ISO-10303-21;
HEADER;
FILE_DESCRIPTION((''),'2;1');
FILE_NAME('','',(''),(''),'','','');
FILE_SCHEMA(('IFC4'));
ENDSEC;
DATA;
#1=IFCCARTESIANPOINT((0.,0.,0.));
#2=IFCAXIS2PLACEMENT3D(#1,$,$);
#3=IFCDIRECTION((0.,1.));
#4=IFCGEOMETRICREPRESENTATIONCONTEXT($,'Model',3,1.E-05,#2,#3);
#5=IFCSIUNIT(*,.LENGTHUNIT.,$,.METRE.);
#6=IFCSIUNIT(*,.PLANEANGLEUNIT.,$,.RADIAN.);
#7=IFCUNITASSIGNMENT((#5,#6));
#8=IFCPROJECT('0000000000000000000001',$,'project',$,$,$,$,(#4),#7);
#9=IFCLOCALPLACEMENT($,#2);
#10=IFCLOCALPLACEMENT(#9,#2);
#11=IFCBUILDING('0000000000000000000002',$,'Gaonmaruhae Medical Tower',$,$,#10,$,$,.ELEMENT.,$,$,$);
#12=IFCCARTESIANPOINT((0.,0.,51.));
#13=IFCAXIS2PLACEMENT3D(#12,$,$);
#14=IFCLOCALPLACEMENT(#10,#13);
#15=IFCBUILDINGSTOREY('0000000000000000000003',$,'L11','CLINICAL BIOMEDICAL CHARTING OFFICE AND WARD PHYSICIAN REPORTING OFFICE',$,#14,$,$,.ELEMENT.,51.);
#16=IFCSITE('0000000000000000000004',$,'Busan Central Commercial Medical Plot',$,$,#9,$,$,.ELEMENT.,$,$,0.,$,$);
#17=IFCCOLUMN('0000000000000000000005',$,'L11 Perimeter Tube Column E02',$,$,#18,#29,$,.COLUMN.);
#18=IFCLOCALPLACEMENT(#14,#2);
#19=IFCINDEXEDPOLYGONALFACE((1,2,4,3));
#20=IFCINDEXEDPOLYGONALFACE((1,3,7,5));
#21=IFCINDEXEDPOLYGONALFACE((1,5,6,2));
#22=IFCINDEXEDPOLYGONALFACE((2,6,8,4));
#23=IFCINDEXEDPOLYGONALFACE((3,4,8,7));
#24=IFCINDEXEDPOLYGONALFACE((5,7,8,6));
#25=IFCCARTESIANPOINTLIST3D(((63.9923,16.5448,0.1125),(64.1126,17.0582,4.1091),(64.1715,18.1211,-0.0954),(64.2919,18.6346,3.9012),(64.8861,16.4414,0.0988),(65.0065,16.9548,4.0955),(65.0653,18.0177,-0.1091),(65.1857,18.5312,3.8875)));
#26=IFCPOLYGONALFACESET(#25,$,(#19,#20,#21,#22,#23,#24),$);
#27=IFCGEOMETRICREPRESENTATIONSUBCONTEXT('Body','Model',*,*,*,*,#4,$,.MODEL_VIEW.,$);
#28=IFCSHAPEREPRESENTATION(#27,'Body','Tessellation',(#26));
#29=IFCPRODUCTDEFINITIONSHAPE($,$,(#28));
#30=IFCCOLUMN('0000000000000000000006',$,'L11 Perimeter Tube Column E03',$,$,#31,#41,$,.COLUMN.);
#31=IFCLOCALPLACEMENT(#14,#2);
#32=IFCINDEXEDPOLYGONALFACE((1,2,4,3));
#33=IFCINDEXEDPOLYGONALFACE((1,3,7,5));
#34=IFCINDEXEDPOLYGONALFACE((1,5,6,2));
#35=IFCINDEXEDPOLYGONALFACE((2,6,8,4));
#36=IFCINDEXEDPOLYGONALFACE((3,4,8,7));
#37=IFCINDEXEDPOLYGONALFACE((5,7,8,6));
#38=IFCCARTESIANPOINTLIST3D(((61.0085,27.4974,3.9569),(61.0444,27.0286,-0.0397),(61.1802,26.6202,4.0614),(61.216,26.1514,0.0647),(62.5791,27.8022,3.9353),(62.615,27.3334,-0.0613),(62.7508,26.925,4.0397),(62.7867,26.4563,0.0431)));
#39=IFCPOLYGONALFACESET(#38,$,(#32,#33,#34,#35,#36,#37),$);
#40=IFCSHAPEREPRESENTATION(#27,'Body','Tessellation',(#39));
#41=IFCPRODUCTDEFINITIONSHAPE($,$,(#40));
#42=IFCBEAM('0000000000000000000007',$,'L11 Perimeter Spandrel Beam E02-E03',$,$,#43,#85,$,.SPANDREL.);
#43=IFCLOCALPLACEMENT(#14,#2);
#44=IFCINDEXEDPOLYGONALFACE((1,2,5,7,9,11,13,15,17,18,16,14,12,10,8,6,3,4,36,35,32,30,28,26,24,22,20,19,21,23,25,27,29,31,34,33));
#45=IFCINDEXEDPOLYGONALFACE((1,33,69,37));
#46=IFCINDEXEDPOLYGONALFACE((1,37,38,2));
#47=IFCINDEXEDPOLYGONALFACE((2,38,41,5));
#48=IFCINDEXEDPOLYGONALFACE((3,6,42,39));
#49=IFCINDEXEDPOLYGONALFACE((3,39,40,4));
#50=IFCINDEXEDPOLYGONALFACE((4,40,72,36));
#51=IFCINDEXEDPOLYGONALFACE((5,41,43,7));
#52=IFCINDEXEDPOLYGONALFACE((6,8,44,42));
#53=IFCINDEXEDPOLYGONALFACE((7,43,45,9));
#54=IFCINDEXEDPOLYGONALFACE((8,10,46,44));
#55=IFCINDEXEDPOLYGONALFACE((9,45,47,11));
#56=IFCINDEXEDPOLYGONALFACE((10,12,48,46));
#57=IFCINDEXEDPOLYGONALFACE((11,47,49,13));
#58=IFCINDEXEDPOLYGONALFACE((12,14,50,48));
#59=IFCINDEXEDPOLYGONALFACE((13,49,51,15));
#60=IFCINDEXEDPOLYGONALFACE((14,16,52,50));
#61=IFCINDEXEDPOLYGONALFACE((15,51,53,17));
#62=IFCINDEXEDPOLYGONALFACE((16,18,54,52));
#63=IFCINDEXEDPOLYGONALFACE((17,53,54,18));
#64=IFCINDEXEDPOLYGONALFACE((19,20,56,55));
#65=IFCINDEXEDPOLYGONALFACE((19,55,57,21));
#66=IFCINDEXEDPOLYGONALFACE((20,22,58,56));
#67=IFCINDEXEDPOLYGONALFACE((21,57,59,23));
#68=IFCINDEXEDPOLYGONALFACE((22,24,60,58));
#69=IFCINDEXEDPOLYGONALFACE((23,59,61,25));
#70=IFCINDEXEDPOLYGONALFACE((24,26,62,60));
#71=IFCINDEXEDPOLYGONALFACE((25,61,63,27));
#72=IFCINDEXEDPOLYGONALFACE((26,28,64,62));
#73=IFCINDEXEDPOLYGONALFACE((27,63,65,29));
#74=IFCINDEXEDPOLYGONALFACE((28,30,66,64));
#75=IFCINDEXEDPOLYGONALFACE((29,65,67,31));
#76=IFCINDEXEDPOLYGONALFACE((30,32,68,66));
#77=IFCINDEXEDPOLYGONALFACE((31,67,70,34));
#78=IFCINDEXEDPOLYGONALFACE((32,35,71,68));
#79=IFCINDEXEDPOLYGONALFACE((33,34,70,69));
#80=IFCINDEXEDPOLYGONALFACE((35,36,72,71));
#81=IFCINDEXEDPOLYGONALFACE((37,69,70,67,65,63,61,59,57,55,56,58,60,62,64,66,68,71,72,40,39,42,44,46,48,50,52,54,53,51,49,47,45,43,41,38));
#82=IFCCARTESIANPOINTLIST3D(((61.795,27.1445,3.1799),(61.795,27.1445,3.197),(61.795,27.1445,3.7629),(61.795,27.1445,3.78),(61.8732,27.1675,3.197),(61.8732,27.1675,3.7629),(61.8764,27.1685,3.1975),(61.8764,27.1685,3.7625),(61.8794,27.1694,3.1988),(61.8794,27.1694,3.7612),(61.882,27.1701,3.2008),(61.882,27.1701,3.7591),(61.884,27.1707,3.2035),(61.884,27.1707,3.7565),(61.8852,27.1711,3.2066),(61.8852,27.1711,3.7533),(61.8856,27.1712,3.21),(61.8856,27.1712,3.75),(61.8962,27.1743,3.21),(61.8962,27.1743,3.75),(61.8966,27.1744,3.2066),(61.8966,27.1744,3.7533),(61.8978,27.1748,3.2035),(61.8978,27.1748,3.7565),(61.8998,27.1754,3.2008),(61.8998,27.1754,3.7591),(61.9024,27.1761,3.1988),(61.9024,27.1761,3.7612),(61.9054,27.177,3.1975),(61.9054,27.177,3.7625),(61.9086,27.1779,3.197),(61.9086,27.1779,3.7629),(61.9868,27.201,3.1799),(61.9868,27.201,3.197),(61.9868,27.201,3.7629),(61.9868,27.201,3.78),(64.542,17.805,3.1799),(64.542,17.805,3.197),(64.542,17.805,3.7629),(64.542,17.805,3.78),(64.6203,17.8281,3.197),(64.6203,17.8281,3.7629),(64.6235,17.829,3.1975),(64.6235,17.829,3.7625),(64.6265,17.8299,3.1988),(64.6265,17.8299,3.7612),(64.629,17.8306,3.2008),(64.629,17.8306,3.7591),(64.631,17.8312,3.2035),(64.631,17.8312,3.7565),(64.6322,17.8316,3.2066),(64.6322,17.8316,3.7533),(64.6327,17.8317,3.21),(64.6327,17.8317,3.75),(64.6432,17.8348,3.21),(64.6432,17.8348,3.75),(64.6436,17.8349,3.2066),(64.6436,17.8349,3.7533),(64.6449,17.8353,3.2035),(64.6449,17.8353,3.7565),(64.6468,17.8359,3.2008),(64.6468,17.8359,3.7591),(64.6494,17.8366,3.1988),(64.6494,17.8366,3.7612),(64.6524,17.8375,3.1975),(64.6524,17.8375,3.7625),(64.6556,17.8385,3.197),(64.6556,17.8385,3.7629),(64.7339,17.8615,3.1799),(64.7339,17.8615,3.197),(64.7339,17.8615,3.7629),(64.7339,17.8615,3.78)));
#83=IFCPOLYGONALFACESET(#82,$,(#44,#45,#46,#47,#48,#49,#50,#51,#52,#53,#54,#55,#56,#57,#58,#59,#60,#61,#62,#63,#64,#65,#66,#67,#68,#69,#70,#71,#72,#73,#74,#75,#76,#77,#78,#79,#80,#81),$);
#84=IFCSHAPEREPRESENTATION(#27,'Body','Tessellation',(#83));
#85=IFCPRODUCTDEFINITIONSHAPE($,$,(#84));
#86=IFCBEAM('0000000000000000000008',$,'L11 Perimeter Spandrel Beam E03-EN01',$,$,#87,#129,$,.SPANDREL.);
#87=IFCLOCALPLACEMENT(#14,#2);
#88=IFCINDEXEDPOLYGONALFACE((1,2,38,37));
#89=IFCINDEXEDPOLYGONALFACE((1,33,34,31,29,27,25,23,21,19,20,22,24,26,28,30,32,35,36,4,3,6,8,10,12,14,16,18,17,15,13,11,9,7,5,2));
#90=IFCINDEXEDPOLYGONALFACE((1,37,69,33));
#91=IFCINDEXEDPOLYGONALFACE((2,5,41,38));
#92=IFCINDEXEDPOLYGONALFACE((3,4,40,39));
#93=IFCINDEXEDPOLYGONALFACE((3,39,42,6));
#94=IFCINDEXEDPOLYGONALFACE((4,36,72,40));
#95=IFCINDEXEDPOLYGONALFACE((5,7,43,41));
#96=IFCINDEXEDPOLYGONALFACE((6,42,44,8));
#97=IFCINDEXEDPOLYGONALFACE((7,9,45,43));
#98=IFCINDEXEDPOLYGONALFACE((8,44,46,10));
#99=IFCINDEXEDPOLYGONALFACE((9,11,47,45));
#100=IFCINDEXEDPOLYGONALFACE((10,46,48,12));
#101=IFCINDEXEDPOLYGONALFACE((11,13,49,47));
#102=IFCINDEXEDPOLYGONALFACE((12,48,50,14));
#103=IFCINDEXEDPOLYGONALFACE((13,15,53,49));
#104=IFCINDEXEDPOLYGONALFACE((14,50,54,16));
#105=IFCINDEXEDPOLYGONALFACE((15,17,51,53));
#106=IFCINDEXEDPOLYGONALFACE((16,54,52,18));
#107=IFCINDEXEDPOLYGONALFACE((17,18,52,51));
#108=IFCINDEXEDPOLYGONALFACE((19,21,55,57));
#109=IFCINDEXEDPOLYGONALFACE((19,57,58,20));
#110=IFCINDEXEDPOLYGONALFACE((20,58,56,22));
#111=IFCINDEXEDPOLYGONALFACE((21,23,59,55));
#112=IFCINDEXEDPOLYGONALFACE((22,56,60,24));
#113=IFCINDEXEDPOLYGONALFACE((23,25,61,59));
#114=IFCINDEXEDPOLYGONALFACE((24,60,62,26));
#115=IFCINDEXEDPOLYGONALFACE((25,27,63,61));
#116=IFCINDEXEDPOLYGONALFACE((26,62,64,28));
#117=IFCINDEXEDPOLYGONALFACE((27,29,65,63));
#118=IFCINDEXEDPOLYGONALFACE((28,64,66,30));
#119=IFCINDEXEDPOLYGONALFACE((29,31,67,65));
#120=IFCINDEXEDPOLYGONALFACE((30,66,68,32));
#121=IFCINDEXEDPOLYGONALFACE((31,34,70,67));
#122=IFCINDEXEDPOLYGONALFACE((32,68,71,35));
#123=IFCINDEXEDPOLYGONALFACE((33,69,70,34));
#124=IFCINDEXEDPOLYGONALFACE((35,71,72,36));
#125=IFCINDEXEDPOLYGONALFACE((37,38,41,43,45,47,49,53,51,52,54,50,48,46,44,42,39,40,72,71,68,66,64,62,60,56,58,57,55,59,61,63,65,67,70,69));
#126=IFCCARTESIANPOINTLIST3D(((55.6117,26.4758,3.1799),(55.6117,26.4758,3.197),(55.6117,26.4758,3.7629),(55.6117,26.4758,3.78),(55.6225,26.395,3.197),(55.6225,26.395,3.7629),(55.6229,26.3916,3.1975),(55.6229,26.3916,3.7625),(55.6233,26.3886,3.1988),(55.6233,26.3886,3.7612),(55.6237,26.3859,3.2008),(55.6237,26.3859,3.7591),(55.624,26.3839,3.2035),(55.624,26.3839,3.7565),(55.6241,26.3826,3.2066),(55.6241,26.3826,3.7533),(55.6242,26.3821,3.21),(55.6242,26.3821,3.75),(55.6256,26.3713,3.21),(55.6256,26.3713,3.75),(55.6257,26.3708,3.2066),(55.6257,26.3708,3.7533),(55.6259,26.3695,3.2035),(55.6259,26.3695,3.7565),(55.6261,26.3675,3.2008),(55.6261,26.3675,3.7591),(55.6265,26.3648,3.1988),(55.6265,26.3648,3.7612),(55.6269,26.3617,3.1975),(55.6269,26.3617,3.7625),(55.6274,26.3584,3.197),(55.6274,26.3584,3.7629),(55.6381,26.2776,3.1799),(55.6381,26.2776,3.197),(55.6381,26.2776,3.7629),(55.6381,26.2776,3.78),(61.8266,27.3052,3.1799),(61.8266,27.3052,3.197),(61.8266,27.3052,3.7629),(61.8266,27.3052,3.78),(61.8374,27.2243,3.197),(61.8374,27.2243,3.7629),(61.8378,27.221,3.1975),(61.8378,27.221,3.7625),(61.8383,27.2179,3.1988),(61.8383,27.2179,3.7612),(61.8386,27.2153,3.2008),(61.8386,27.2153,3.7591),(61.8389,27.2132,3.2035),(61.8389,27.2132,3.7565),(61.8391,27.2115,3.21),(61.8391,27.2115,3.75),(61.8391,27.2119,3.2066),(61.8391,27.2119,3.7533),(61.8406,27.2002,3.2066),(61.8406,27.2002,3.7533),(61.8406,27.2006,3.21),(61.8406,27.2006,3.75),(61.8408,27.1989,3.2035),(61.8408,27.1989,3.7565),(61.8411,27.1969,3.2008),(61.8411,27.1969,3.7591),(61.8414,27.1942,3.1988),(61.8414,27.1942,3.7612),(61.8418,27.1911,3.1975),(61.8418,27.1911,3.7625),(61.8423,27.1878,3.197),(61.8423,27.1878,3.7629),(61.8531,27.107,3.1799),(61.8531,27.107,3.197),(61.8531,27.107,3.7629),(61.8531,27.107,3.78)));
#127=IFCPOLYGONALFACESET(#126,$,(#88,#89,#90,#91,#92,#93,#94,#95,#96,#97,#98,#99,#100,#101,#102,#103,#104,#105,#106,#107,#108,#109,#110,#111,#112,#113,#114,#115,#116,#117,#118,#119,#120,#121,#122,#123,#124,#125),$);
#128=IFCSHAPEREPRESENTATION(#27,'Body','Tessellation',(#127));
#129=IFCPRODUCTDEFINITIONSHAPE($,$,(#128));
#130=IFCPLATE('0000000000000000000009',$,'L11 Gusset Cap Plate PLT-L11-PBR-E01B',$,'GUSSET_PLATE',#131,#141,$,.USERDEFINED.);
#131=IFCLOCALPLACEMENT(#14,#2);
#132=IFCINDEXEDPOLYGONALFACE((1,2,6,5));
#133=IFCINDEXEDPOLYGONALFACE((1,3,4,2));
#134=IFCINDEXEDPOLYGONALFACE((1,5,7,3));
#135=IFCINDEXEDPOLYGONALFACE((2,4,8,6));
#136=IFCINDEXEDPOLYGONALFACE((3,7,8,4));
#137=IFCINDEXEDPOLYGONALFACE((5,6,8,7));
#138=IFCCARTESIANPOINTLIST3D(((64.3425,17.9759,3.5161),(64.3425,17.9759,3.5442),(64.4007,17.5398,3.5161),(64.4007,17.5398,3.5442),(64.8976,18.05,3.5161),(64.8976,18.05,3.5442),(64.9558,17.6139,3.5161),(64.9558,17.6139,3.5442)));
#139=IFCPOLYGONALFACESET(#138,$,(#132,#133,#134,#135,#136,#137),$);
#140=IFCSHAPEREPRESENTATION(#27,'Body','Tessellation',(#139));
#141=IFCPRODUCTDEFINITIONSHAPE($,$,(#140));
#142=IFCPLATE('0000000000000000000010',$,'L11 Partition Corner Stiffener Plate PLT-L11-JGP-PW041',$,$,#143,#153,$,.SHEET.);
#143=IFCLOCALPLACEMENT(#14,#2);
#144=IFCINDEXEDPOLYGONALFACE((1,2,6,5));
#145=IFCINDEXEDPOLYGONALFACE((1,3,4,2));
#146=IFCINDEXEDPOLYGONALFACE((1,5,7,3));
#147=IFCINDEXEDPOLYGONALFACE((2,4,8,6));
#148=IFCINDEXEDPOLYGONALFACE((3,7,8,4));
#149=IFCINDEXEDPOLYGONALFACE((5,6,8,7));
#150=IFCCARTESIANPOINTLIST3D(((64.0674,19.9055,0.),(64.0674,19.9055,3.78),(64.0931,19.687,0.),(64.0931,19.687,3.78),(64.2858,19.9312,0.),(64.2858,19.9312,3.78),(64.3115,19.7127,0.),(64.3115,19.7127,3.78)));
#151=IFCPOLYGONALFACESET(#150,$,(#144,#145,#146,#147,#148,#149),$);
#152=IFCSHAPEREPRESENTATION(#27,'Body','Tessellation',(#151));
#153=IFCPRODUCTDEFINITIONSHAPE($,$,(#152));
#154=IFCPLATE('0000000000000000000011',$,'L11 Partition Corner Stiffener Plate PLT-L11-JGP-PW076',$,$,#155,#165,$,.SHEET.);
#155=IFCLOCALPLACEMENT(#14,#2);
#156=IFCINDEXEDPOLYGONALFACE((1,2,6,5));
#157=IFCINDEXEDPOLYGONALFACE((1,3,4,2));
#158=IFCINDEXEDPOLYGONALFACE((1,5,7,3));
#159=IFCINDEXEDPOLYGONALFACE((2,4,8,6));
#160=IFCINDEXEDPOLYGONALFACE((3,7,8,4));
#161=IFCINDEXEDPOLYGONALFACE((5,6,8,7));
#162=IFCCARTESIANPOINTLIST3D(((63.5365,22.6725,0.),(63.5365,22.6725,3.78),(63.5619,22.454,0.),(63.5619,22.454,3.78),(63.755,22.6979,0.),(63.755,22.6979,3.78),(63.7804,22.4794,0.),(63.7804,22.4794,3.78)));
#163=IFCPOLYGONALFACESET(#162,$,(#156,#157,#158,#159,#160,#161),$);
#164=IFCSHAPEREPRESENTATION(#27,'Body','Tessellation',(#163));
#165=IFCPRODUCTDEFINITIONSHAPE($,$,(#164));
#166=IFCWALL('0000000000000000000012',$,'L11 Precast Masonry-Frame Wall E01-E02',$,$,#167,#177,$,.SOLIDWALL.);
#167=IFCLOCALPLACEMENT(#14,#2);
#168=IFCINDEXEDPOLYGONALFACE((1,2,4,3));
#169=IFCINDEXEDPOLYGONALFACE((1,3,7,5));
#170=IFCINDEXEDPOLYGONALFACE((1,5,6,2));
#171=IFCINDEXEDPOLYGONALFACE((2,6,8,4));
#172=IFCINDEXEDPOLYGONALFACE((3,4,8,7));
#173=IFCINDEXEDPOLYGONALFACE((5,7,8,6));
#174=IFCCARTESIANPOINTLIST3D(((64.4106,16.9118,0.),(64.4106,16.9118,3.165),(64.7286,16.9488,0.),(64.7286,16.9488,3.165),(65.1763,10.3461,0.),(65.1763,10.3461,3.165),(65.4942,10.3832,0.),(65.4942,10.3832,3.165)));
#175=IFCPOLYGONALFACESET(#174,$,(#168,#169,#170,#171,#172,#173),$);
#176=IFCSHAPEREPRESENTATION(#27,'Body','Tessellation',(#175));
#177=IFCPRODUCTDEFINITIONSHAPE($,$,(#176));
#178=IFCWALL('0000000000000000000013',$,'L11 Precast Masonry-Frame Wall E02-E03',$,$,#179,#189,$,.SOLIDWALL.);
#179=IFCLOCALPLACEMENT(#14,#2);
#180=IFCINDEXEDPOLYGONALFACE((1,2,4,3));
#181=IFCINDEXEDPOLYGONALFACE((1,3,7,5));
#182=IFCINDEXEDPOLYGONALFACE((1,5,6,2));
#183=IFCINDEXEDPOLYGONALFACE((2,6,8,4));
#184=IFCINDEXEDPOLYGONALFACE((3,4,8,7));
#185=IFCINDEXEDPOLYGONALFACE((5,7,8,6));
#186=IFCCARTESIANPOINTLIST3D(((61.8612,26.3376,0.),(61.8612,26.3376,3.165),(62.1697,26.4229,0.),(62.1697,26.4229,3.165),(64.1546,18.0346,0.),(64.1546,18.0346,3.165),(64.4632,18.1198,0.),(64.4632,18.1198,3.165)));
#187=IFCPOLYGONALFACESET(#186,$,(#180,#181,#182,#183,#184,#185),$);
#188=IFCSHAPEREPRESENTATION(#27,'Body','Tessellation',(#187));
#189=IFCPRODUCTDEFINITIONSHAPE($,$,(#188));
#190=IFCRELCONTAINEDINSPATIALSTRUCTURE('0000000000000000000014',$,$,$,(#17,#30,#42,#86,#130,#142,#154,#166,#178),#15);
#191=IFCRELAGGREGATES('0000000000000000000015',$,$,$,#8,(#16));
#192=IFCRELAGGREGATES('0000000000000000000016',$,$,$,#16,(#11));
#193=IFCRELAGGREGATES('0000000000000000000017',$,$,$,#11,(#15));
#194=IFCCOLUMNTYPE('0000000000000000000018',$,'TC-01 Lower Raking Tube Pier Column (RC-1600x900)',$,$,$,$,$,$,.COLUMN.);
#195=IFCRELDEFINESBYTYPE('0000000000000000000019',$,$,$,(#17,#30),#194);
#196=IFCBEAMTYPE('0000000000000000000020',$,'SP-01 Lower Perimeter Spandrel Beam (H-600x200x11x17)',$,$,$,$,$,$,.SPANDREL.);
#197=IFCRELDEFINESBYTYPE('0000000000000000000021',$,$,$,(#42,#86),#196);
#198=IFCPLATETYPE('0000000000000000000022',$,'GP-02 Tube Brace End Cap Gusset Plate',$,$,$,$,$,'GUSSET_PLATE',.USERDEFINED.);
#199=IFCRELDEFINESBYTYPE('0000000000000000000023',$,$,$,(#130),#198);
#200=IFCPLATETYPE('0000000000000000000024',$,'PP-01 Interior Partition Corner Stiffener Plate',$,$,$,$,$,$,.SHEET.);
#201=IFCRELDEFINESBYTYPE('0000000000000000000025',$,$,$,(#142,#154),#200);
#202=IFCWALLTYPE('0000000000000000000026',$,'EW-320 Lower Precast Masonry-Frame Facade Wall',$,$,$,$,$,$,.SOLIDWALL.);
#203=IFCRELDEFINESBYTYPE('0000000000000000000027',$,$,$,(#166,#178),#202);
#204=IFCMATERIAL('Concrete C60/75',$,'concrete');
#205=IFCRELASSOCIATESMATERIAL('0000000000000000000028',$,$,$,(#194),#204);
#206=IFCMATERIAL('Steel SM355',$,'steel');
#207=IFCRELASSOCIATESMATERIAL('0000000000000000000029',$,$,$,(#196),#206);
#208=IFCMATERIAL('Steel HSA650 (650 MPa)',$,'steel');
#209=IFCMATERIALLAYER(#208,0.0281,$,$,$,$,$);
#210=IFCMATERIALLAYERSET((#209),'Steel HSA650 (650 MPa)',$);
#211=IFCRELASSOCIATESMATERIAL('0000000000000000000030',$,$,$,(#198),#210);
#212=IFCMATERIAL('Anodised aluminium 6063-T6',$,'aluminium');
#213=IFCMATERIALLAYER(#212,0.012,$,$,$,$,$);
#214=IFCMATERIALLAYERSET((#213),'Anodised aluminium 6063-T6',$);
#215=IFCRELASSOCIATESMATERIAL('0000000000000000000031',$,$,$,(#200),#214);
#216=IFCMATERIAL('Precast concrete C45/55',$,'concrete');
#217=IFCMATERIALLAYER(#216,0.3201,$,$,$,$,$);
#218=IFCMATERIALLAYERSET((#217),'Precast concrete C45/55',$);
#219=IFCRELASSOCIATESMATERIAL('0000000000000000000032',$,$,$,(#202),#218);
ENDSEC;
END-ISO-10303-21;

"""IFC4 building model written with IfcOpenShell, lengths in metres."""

from ifc_helpers import new_model, si_unit, direction, frame, frame_2d, origin, origin_2d, place, context, subcontext, project, spatial, rectangle, i_section, extrude, material, layer, layer_set, material_profile, profile_set, type_object, element, save


model = new_model("IFC4")

# Units and contexts
model_context = context("Model", 3, precision=1e-05, world=origin(), true_north=direction((0.0, 1.0)))
body_context = subcontext(model_context, "Body", "Model", "MODEL_VIEW")
ifc_project = project(units=[si_unit("LENGTHUNIT", "METRE"), si_unit("PLANEANGLEUNIT", "RADIAN")], contexts=[model_context])

# Site, building, storey
site_placement = place(None, origin())
site = spatial("IfcSite", under=ifc_project, at=site_placement, Name="Busan Central Commercial Medical Plot", CompositionType="ELEMENT", RefElevation=0.0)
building_placement = place(site_placement, origin())
building = spatial("IfcBuilding", under=site, at=building_placement, Name="Gaonmaruhae Medical Tower", CompositionType="ELEMENT")
storey_placement = place(building_placement, frame((0.0, 0.0, 51.0)))
storey = spatial("IfcBuildingStorey", under=building, at=storey_placement, Name="L11", Description="CLINICAL BIOMEDICAL CHARTING OFFICE AND WARD PHYSICIAN REPORTING OFFICE", CompositionType="ELEMENT", Elevation=51.0)

# Columns
ifc_material_1 = material(Name="Concrete C60/75", Category="concrete")
ifc_material_profile_1 = material_profile(ifc_material_1, rectangle(XDim=1.6001, YDim=0.8999, at=origin_2d()), Name="RC-1600x900")
ifc_profile_set_1 = profile_set([ifc_material_profile_1], Name="Concrete C60/75")
column_type = type_object("IfcColumnType", Name="TC-01 Lower Raking Tube Pier Column (RC-1600x900)", PredefinedType="COLUMN", material=ifc_profile_set_1)
column_1_placement = place(storey_placement, frame((64.5288, 17.2812, 0.0017), z_axis=(0.029857, 0.127363, 0.991407), x_axis=(-0.112008, -0.985176, 0.129936)))
element("IfcColumn", 1, at=column_1_placement, inside=storey, type_object=column_type, Name="L11 Perimeter Tube Column E02", PredefinedType="COLUMN", context=body_context, shape_type="SweptSolid", body=[
    extrude(rectangle(XDim=1.6001, YDim=0.8999, at=origin_2d()), origin(), (0.0, 0.0, 1.0), 4.0312),
])
column_2_placement = place(storey_placement, frame((61.9155, 26.7424, 0.0017), z_axis=(-0.008918, 0.116485, 0.993152), x_axis=(-0.981594, -0.190501, 0.013529)))
element("IfcColumn", 2, at=column_2_placement, inside=storey, type_object=column_type, Name="L11 Perimeter Tube Column E03", PredefinedType="COLUMN", context=body_context, shape_type="SweptSolid", body=[
    extrude(rectangle(XDim=1.6001, YDim=0.8999, at=origin_2d()), origin(), (0.0, 0.0, 1.0), 4.0242),
])

# Beams
ifc_material_2 = material(Name="Steel SM355", Category="steel")
ifc_material_profile_2 = material_profile(ifc_material_2, i_section(OverallWidth=0.2, OverallDepth=0.6001, WebThickness=0.011, FlangeThickness=0.0171, FilletRadius=0.0129, at=origin_2d()), Name="H-600x200x11x17")
ifc_profile_set_2 = profile_set([ifc_material_profile_2], Name="Steel SM355")
beam_type = type_object("IfcBeamType", Name="SP-01 Lower Perimeter Spandrel Beam (H-600x200x11x17)", PredefinedType="SPANDREL", material=ifc_profile_set_2)
beam_1_placement = place(storey_placement, frame((64.6379, 17.8333, 3.48), z_axis=(-0.282179, 0.959362, 0.0), x_axis=(-0.959362, -0.282179, 0.0)))
element("IfcBeam", 3, at=beam_1_placement, inside=storey, type_object=beam_type, Name="L11 Perimeter Spandrel Beam E02-E03", PredefinedType="SPANDREL", context=body_context, shape_type="SweptSolid", body=[
    extrude(i_section(OverallWidth=0.2, OverallDepth=0.6001, WebThickness=0.011, FlangeThickness=0.0171, FilletRadius=0.0129, at=origin_2d()), origin(), (0.0, 0.0, 1.0), 9.7351),
])
beam_2_placement = place(storey_placement, frame((61.8398, 27.2061, 3.48), z_axis=(-0.991213, -0.132273, 0.0), x_axis=(0.132273, -0.991213, 0.0)))
element("IfcBeam", 4, at=beam_2_placement, inside=storey, type_object=beam_type, Name="L11 Perimeter Spandrel Beam E03-EN01", PredefinedType="SPANDREL", context=body_context, shape_type="SweptSolid", body=[
    extrude(i_section(OverallWidth=0.2, OverallDepth=0.6001, WebThickness=0.011, FlangeThickness=0.0171, FilletRadius=0.0129, at=origin_2d()), origin(), (0.0, 0.0, 1.0), 6.27),
])

# Plates
ifc_material_3 = material(Name="Steel HSA650 (650 MPa)", Category="steel")
ifc_layer_1 = layer(ifc_material_3, 0.0281)
ifc_layer_set_1 = layer_set([ifc_layer_1], Name="Steel HSA650 (650 MPa)")
plate_type_1 = type_object("IfcPlateType", Name="GP-02 Tube Brace End Cap Gusset Plate", ElementType="GUSSET_PLATE", PredefinedType="USERDEFINED", material=ifc_layer_set_1)
plate_placement = place(storey_placement, frame((64.6492, 17.7949, 3.5161), z_axis=(0.0, 0.0, 1.0), x_axis=(0.991216, 0.132256, 0.0)))
element("IfcPlate", 5, at=plate_placement, inside=storey, type_object=plate_type_1, Name="L11 Gusset Cap Plate PLT-L11-PBR-E01B", ObjectType="GUSSET_PLATE", PredefinedType="USERDEFINED", context=body_context, shape_type="SweptSolid", body=[
    extrude(rectangle(XDim=0.5601, YDim=0.4399, at=origin_2d()), origin(), (0.0, 0.0, 1.0), 0.0281),
])
ifc_material_4 = material(Name="Anodised aluminium 6063-T6", Category="aluminium")
ifc_layer_2 = layer(ifc_material_4, 0.012)
ifc_layer_set_2 = layer_set([ifc_layer_2], Name="Anodised aluminium 6063-T6")
plate_type_2 = type_object("IfcPlateType", Name="PP-01 Interior Partition Corner Stiffener Plate", PredefinedType="SHEET", material=ifc_layer_set_2)
for number, where, z_axis, x_axis, name in (
    (6, (64.1895, 19.8091, 0.0), (0.0, 0.0, 1.0), (0.99315, 0.116844, 0.0), "L11 Partition Corner Stiffener Plate PLT-L11-JGP-PW041"),
    (7, (63.6584, 22.5759, 0.0), (0.0, 0.0, 1.0), (-0.993304, -0.115527, 0.0), "L11 Partition Corner Stiffener Plate PLT-L11-JGP-PW076"),
):
    element("IfcPlate", number, at=place(storey_placement, frame(where, z_axis=z_axis, x_axis=x_axis)), inside=storey, type_object=plate_type_2, Name=name, PredefinedType="SHEET", context=body_context, shape_type="SweptSolid", body=[
        extrude(rectangle(XDim=0.22, YDim=0.22, at=origin_2d()), origin(), (0.0, 0.0, 1.0), 3.78),
    ])

# Walls
ifc_material_5 = material(Name="Precast concrete C45/55", Category="concrete")
ifc_layer_3 = layer(ifc_material_5, 0.3201)
ifc_layer_set_3 = layer_set([ifc_layer_3], Name="Precast concrete C45/55")
wall_type_1 = type_object("IfcWallType", Name="EW-320 Lower Precast Masonry-Frame Facade Wall", PredefinedType="SOLIDWALL", material=ifc_layer_set_3)
wall_1_placement = place(storey_placement, frame((64.5696, 16.9304, 0.0), z_axis=(0.0, 0.0, 1.0), x_axis=(0.115825, -0.99327, 0.0)))
element("IfcWall", 8, at=wall_1_placement, inside=storey, type_object=wall_type_1, Name="L11 Precast Masonry-Frame Wall E01-E02", PredefinedType="SOLIDWALL", context=body_context, shape_type="SweptSolid", body=[
    extrude(rectangle(XDim=6.6101, YDim=0.3201, at=frame_2d((3.3052, 0.0))), origin(), (0.0, 0.0, 1.0), 3.165),
])
wall_2_placement = place(storey_placement, frame((62.0154, 26.3804, 0.0), z_axis=(0.0, 0.0, 1.0), x_axis=(0.26625, -0.963904, 0.0)))
element("IfcWall", 9, at=wall_2_placement, inside=storey, type_object=wall_type_1, Name="L11 Precast Masonry-Frame Wall E02-E03", PredefinedType="SOLIDWALL", context=body_context, shape_type="SweptSolid", body=[
    extrude(rectangle(XDim=8.614, YDim=0.3201, at=frame_2d((4.3071, 0.0))), origin(), (0.0, 0.0, 1.0), 3.165),
])

save(model, "model.ifc")
